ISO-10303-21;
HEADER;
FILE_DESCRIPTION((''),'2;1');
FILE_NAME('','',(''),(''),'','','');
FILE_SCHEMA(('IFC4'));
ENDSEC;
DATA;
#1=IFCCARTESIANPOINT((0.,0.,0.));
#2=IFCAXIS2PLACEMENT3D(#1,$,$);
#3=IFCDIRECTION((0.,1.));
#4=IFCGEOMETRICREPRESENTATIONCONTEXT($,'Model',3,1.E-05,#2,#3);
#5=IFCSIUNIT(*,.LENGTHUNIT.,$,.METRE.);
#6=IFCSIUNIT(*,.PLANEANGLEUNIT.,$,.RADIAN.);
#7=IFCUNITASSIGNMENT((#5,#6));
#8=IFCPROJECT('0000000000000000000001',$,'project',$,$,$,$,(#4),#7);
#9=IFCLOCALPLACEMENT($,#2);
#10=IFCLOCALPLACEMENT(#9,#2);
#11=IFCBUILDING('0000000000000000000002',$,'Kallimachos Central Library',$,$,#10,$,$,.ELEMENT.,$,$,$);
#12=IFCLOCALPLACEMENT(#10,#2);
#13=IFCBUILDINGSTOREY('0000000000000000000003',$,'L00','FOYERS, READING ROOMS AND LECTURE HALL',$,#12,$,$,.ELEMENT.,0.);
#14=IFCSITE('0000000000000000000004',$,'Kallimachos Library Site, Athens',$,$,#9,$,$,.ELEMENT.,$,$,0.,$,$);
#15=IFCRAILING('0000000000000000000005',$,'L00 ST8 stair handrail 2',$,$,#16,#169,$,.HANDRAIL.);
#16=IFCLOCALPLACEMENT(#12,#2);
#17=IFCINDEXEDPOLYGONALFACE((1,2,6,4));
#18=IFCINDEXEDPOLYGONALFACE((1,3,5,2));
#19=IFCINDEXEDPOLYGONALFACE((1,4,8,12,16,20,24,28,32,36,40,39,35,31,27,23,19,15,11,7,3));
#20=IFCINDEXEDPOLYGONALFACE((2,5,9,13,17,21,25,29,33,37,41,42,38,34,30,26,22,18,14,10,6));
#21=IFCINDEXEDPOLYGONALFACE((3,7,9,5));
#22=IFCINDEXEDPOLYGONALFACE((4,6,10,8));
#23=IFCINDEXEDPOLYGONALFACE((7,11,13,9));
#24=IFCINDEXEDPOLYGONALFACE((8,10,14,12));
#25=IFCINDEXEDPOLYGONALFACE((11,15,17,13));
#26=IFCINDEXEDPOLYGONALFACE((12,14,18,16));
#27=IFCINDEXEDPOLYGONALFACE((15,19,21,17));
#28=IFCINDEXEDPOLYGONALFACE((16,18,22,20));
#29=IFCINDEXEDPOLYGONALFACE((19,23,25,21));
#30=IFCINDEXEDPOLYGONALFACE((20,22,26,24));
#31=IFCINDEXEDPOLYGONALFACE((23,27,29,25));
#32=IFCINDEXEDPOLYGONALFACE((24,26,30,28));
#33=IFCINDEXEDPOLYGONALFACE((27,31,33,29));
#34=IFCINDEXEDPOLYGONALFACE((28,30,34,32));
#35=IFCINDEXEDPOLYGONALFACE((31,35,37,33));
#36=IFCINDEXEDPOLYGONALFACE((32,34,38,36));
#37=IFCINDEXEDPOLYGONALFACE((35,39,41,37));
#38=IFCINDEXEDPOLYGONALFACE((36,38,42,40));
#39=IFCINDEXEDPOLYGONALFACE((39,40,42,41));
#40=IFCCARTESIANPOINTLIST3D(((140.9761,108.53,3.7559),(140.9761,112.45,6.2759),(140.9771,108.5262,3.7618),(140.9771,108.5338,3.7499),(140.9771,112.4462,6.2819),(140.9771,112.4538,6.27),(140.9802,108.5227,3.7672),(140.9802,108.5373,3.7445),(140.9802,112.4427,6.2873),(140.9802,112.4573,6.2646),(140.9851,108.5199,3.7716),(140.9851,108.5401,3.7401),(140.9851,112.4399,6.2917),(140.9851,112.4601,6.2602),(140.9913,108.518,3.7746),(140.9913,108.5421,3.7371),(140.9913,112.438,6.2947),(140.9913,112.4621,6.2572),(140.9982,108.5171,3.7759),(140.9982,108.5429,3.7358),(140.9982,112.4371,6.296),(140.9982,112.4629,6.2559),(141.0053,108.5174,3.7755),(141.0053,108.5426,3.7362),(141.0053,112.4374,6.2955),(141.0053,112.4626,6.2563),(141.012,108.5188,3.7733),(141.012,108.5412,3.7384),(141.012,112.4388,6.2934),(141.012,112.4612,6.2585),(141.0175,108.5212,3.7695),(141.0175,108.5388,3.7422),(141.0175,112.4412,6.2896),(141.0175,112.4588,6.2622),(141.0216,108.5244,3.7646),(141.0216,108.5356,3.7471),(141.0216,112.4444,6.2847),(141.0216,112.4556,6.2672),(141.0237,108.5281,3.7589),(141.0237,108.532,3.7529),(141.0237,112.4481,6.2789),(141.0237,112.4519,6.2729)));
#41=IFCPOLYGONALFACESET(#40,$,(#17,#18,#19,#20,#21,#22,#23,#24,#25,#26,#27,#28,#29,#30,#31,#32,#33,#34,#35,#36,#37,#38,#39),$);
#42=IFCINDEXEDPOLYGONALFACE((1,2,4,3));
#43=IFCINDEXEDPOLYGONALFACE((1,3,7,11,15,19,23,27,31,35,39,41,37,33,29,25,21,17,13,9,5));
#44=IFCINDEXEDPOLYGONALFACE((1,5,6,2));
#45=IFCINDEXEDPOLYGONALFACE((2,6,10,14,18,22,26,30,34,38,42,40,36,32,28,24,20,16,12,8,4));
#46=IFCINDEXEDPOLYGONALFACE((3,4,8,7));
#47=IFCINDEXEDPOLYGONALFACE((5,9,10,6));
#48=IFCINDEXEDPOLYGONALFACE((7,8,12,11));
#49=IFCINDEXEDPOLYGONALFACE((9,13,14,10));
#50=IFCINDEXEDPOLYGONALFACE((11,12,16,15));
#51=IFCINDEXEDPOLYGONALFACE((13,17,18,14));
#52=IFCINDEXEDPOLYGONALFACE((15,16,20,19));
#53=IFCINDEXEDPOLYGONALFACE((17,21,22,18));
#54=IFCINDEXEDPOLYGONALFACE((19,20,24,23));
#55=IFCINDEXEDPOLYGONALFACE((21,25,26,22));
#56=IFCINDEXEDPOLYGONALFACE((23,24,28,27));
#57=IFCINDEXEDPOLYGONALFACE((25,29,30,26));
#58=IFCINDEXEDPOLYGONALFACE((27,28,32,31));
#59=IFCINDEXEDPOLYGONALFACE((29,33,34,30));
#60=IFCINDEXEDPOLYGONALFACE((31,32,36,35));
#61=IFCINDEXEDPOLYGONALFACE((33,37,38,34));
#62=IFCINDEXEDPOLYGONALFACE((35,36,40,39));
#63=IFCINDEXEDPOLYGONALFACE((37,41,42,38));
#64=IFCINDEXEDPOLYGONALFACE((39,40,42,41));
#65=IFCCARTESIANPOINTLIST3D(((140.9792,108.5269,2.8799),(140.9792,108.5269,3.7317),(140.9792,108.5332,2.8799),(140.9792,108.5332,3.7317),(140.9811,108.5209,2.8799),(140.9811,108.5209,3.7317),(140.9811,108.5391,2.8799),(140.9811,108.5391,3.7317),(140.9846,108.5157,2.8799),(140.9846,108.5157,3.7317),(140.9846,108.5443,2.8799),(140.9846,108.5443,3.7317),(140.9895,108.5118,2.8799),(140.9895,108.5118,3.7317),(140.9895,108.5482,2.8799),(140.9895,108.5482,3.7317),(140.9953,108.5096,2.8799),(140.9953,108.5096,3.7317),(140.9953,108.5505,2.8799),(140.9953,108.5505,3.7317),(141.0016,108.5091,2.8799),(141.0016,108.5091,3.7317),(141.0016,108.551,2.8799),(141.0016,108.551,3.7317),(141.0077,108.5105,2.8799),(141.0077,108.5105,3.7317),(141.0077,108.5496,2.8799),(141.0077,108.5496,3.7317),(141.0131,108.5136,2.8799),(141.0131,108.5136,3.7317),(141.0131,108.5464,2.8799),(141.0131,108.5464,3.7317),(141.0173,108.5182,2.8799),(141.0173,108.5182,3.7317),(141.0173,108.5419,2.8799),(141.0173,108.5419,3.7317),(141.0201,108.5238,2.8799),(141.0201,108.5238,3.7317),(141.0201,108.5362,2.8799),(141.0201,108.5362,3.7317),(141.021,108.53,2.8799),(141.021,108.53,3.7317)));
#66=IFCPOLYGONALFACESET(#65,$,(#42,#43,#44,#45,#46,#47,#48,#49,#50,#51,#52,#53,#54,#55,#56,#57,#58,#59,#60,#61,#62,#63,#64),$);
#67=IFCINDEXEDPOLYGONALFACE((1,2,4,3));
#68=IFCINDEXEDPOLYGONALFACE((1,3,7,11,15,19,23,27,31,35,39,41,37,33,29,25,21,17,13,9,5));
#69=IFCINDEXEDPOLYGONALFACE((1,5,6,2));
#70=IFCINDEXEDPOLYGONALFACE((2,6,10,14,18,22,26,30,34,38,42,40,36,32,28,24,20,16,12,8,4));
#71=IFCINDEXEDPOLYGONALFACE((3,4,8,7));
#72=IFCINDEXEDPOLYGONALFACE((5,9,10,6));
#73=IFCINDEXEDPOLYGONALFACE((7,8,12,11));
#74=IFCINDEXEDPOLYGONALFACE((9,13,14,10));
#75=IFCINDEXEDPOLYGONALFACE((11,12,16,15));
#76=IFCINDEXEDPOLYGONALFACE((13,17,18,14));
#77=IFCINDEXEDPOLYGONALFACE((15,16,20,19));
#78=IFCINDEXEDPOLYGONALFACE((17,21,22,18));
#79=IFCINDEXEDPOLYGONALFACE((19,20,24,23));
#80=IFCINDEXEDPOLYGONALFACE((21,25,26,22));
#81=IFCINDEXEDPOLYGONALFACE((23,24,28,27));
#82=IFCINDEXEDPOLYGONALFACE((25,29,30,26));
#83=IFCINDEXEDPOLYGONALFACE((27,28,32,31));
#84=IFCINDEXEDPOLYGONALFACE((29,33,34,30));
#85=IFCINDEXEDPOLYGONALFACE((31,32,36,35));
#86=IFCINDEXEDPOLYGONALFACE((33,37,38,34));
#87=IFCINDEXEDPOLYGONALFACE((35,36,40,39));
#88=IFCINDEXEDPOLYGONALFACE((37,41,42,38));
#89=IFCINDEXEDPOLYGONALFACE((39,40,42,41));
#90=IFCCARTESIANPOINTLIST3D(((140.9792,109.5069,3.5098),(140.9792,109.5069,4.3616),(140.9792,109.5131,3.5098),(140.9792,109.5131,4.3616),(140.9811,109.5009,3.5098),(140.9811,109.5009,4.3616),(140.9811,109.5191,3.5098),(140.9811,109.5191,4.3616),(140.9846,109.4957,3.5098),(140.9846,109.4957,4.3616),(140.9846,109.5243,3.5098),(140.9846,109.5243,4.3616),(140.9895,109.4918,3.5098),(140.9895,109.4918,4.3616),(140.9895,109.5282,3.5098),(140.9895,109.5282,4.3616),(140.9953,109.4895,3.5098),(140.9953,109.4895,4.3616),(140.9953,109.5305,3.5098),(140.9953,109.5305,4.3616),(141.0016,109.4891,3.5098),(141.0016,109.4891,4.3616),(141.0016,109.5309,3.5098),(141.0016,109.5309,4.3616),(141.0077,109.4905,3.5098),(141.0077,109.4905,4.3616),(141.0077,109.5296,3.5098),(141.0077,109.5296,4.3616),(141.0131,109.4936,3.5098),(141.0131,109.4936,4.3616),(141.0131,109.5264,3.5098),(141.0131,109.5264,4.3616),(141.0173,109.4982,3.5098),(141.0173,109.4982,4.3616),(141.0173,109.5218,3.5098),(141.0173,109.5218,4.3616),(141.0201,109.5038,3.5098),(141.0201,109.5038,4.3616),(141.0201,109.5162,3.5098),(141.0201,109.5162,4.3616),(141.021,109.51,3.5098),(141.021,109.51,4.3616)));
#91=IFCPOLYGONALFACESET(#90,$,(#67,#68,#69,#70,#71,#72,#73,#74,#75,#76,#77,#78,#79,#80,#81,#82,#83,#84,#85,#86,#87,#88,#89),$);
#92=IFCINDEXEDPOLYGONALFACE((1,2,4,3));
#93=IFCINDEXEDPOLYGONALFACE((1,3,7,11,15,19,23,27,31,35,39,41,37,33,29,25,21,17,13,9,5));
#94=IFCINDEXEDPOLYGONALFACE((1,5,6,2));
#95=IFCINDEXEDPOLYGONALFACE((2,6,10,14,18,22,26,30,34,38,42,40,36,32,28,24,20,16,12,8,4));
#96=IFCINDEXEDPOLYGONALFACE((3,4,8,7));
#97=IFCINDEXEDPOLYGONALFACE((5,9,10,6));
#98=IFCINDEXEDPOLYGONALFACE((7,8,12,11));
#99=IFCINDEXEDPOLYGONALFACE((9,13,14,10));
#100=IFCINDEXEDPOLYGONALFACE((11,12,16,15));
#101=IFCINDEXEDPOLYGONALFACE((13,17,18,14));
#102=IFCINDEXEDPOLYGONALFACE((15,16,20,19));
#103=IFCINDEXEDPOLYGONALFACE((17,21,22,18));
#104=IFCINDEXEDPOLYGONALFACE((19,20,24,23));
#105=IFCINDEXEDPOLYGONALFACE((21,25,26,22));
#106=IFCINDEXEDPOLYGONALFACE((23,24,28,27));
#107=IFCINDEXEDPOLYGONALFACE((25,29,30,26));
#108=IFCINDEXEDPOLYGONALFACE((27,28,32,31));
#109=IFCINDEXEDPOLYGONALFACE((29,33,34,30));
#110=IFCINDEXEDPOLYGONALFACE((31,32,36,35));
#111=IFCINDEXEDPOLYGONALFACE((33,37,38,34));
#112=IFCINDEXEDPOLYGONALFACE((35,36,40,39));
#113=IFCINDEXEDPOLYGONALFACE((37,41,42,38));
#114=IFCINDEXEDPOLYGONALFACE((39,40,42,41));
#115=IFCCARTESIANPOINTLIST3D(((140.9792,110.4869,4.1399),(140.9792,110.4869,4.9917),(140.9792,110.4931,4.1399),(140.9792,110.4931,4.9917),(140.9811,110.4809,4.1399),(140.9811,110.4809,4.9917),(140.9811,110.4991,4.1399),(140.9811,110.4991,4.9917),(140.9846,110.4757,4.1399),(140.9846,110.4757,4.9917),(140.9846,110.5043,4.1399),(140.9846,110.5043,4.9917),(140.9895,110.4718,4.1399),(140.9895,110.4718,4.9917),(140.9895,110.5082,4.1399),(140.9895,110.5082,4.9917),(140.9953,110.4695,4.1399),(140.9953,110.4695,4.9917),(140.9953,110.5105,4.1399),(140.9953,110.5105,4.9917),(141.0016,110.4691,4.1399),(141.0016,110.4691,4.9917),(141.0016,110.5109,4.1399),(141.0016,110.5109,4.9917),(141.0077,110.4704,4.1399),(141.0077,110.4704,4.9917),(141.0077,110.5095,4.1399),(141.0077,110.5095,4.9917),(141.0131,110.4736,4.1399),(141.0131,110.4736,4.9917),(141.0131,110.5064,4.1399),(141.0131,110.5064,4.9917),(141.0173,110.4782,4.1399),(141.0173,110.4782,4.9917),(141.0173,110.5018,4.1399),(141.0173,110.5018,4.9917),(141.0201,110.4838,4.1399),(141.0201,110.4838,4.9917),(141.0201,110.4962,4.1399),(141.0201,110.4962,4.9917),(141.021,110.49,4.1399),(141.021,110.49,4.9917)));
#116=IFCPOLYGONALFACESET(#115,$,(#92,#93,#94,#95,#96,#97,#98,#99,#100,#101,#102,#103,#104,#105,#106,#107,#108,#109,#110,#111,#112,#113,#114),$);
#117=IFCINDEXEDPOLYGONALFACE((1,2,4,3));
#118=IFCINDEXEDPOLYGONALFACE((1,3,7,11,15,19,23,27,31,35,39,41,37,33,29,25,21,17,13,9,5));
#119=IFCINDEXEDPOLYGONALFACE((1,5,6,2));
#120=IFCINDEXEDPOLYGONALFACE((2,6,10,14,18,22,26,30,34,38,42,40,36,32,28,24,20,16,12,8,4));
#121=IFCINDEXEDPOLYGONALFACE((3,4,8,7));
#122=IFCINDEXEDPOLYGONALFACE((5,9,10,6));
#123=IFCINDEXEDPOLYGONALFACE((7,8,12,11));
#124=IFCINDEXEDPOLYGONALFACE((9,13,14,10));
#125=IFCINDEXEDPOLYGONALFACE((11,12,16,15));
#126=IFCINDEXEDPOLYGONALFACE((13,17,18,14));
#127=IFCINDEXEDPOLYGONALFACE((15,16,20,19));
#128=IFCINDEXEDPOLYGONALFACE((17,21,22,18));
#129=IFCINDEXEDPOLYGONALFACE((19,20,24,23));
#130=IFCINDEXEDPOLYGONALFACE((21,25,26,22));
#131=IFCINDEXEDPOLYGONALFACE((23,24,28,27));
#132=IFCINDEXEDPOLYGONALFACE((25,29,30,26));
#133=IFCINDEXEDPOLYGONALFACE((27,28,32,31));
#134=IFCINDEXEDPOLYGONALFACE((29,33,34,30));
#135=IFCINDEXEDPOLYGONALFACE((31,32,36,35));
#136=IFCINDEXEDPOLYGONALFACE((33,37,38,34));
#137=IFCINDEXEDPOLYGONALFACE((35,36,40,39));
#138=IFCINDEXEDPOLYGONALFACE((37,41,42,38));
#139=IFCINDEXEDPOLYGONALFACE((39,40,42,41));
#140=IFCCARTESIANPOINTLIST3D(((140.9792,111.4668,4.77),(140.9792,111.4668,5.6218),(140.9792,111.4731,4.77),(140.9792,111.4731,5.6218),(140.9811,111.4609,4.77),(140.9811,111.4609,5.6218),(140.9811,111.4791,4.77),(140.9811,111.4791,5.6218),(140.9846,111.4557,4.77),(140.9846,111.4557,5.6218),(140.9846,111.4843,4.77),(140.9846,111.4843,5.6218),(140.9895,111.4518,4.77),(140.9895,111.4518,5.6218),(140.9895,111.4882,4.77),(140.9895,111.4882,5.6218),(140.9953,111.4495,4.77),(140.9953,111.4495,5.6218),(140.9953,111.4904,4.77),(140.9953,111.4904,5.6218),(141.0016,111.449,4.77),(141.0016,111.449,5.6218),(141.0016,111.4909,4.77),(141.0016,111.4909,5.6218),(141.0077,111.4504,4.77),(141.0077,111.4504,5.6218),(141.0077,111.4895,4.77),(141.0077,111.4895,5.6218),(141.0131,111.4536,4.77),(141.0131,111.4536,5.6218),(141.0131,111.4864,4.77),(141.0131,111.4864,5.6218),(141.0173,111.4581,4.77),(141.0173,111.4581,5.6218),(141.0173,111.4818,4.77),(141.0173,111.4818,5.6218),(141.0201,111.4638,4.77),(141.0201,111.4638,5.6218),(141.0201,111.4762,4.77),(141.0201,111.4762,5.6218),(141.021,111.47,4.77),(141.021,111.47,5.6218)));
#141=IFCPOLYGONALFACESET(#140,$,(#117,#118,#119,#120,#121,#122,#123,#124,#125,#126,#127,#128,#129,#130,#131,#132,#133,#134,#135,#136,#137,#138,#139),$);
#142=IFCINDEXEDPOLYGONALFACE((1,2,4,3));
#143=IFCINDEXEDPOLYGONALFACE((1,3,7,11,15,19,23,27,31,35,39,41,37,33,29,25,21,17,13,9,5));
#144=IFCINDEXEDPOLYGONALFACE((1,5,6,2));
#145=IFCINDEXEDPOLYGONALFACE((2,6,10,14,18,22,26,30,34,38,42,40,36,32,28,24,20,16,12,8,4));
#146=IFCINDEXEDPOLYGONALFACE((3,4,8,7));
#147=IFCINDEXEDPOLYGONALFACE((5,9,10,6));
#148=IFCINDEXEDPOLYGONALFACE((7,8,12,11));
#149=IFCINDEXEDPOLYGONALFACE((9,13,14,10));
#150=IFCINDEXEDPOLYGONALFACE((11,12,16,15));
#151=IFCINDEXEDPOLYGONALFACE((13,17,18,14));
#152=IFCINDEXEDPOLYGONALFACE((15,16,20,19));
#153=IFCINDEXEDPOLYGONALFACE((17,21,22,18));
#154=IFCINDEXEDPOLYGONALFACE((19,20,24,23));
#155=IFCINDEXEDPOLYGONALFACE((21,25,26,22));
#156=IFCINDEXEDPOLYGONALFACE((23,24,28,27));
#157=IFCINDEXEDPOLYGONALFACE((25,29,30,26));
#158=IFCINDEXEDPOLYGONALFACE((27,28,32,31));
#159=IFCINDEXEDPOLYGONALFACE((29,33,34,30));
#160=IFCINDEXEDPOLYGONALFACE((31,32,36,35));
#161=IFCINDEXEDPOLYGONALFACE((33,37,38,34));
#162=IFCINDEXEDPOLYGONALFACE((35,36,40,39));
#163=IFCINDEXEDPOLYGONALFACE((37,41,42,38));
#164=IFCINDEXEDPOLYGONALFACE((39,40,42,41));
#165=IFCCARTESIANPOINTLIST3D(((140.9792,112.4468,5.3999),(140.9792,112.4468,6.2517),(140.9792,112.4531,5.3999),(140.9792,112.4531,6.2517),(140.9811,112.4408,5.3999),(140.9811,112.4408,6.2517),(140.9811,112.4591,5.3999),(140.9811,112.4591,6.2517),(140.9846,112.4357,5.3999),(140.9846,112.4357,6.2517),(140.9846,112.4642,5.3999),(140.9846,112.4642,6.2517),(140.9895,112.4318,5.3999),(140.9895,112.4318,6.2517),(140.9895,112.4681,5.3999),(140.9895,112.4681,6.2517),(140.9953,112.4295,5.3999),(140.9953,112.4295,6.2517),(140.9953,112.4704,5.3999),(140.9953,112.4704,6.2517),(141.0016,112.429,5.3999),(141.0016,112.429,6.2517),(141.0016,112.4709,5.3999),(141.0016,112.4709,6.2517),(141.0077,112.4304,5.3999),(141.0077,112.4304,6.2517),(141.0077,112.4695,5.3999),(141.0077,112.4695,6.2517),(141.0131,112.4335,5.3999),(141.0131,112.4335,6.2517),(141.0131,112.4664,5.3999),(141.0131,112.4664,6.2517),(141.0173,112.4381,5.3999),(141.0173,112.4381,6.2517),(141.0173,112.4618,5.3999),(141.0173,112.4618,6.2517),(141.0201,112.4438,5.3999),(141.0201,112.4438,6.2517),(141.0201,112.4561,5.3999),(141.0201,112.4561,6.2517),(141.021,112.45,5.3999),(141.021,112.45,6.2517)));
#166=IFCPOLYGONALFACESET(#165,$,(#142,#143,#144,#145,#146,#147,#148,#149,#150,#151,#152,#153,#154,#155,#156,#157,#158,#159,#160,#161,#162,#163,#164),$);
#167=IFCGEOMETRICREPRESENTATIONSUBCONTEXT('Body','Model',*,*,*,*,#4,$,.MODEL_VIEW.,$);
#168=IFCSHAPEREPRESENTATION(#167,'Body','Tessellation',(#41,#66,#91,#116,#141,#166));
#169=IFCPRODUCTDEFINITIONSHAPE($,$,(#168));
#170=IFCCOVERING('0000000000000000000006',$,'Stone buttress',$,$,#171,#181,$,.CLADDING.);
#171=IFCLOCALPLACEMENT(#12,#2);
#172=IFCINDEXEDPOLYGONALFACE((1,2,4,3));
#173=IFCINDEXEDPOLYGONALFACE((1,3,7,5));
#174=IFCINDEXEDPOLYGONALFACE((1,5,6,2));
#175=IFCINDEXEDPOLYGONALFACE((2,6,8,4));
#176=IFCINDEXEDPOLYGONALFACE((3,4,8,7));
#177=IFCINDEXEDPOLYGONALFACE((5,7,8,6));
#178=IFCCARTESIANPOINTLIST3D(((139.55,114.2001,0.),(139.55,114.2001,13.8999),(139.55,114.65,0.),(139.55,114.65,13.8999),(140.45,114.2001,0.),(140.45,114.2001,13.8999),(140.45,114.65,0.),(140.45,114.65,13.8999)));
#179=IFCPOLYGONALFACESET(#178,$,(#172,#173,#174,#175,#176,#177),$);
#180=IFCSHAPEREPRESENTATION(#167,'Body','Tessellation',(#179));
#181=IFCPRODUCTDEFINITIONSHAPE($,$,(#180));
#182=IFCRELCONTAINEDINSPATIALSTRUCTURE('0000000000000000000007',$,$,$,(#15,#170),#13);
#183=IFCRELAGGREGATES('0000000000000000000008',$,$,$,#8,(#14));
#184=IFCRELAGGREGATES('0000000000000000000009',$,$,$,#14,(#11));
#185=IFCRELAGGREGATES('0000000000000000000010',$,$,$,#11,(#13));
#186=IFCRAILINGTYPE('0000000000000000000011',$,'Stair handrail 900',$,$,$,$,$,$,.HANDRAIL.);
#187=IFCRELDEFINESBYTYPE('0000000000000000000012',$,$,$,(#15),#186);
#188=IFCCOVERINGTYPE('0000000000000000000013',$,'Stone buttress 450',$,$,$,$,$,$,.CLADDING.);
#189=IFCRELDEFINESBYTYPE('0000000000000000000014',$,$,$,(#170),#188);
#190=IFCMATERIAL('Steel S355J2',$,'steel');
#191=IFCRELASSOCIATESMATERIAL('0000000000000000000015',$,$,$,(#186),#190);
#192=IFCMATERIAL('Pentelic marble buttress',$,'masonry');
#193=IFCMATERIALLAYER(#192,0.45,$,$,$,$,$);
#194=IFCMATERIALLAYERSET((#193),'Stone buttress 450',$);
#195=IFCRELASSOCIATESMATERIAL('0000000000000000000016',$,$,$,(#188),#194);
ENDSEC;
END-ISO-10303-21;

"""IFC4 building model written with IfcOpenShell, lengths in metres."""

from ifc_helpers import new_model, si_unit, direction, frame, origin, origin_2d, place, context, subcontext, project, spatial, rectangle, circle, extrude, material, layer, layer_set, type_object, element, save


model = new_model("IFC4")

# Units and contexts
model_context = context("Model", 3, precision=1e-05, world=origin(), true_north=direction((0.0, 1.0)))
body_context = subcontext(model_context, "Body", "Model", "MODEL_VIEW")
ifc_project = project(units=[si_unit("LENGTHUNIT", "METRE"), si_unit("PLANEANGLEUNIT", "RADIAN")], contexts=[model_context])

# Site, building, storey
site_placement = place(None, origin())
site = spatial("IfcSite", under=ifc_project, at=site_placement, Name="Kallimachos Library Site, Athens", CompositionType="ELEMENT", RefElevation=0.0)
building_placement = place(site_placement, origin())
building = spatial("IfcBuilding", under=site, at=building_placement, Name="Kallimachos Central Library", CompositionType="ELEMENT")
storey_placement = place(building_placement, origin())
storey = spatial("IfcBuildingStorey", under=building, at=storey_placement, Name="L00", Description="FOYERS, READING ROOMS AND LECTURE HALL", CompositionType="ELEMENT", Elevation=0.0)

# Railing
ifc_material_1 = material(Name="Steel S355J2", Category="steel")
railing_type_1 = type_object("IfcRailingType", Name="Stair handrail 900", PredefinedType="HANDRAIL", material=ifc_material_1)
railing_1_placement = place(storey_placement, frame((141.0, 108.53, 2.8799)))
element("IfcRailing", 1, at=railing_1_placement, inside=storey, type_object=railing_type_1, Name="L00 ST8 stair handrail 2", PredefinedType="HANDRAIL", context=body_context, shape_type="SweptSolid", body=[
    extrude(circle(Radius=0.0239, at=origin_2d()), frame((0.0, 0.0, 0.876), z_axis=(0.0, 0.841172, 0.540768), x_axis=(-1.0, 0.0, 0.0)), (0.0, 0.0, 1.0), 4.6602),
    extrude(circle(Radius=0.021, at=origin_2d()), origin(), (0.0, 0.0, 1.0), 0.8518),
    extrude(circle(Radius=0.021, at=origin_2d()), frame((0.0, 0.98, 0.6299)), (0.0, 0.0, 1.0), 0.8518),
    extrude(circle(Radius=0.021, at=origin_2d()), frame((0.0, 1.96, 1.26)), (0.0, 0.0, 1.0), 0.8518),
    extrude(circle(Radius=0.021, at=origin_2d()), frame((0.0, 2.9399, 1.8901)), (0.0, 0.0, 1.0), 0.8518),
    extrude(circle(Radius=0.021, at=origin_2d()), frame((0.0, 3.9199, 2.52)), (0.0, 0.0, 1.0), 0.8518),
])

# Covering
ifc_material_2 = material(Name="Pentelic marble buttress", Category="masonry")
ifc_layer_1 = layer(ifc_material_2, 0.45)
ifc_layer_set_1 = layer_set([ifc_layer_1], Name="Stone buttress 450")
covering_type_1 = type_object("IfcCoveringType", Name="Stone buttress 450", PredefinedType="CLADDING", material=ifc_layer_set_1)
covering_1_placement = place(storey_placement, frame((140.0, 114.425, 0.0), z_axis=(0.0, 0.0, 1.0), x_axis=(1.0, 0.0, 0.0)))
element("IfcCovering", 2, at=covering_1_placement, inside=storey, type_object=covering_type_1, Name="Stone buttress", PredefinedType="CLADDING", context=body_context, shape_type="SweptSolid", body=[
    extrude(rectangle(XDim=0.8999, YDim=0.45, at=origin_2d()), origin(), (0.0, 0.0, 1.0), 13.8999),
])

save(model, "model.ifc")
